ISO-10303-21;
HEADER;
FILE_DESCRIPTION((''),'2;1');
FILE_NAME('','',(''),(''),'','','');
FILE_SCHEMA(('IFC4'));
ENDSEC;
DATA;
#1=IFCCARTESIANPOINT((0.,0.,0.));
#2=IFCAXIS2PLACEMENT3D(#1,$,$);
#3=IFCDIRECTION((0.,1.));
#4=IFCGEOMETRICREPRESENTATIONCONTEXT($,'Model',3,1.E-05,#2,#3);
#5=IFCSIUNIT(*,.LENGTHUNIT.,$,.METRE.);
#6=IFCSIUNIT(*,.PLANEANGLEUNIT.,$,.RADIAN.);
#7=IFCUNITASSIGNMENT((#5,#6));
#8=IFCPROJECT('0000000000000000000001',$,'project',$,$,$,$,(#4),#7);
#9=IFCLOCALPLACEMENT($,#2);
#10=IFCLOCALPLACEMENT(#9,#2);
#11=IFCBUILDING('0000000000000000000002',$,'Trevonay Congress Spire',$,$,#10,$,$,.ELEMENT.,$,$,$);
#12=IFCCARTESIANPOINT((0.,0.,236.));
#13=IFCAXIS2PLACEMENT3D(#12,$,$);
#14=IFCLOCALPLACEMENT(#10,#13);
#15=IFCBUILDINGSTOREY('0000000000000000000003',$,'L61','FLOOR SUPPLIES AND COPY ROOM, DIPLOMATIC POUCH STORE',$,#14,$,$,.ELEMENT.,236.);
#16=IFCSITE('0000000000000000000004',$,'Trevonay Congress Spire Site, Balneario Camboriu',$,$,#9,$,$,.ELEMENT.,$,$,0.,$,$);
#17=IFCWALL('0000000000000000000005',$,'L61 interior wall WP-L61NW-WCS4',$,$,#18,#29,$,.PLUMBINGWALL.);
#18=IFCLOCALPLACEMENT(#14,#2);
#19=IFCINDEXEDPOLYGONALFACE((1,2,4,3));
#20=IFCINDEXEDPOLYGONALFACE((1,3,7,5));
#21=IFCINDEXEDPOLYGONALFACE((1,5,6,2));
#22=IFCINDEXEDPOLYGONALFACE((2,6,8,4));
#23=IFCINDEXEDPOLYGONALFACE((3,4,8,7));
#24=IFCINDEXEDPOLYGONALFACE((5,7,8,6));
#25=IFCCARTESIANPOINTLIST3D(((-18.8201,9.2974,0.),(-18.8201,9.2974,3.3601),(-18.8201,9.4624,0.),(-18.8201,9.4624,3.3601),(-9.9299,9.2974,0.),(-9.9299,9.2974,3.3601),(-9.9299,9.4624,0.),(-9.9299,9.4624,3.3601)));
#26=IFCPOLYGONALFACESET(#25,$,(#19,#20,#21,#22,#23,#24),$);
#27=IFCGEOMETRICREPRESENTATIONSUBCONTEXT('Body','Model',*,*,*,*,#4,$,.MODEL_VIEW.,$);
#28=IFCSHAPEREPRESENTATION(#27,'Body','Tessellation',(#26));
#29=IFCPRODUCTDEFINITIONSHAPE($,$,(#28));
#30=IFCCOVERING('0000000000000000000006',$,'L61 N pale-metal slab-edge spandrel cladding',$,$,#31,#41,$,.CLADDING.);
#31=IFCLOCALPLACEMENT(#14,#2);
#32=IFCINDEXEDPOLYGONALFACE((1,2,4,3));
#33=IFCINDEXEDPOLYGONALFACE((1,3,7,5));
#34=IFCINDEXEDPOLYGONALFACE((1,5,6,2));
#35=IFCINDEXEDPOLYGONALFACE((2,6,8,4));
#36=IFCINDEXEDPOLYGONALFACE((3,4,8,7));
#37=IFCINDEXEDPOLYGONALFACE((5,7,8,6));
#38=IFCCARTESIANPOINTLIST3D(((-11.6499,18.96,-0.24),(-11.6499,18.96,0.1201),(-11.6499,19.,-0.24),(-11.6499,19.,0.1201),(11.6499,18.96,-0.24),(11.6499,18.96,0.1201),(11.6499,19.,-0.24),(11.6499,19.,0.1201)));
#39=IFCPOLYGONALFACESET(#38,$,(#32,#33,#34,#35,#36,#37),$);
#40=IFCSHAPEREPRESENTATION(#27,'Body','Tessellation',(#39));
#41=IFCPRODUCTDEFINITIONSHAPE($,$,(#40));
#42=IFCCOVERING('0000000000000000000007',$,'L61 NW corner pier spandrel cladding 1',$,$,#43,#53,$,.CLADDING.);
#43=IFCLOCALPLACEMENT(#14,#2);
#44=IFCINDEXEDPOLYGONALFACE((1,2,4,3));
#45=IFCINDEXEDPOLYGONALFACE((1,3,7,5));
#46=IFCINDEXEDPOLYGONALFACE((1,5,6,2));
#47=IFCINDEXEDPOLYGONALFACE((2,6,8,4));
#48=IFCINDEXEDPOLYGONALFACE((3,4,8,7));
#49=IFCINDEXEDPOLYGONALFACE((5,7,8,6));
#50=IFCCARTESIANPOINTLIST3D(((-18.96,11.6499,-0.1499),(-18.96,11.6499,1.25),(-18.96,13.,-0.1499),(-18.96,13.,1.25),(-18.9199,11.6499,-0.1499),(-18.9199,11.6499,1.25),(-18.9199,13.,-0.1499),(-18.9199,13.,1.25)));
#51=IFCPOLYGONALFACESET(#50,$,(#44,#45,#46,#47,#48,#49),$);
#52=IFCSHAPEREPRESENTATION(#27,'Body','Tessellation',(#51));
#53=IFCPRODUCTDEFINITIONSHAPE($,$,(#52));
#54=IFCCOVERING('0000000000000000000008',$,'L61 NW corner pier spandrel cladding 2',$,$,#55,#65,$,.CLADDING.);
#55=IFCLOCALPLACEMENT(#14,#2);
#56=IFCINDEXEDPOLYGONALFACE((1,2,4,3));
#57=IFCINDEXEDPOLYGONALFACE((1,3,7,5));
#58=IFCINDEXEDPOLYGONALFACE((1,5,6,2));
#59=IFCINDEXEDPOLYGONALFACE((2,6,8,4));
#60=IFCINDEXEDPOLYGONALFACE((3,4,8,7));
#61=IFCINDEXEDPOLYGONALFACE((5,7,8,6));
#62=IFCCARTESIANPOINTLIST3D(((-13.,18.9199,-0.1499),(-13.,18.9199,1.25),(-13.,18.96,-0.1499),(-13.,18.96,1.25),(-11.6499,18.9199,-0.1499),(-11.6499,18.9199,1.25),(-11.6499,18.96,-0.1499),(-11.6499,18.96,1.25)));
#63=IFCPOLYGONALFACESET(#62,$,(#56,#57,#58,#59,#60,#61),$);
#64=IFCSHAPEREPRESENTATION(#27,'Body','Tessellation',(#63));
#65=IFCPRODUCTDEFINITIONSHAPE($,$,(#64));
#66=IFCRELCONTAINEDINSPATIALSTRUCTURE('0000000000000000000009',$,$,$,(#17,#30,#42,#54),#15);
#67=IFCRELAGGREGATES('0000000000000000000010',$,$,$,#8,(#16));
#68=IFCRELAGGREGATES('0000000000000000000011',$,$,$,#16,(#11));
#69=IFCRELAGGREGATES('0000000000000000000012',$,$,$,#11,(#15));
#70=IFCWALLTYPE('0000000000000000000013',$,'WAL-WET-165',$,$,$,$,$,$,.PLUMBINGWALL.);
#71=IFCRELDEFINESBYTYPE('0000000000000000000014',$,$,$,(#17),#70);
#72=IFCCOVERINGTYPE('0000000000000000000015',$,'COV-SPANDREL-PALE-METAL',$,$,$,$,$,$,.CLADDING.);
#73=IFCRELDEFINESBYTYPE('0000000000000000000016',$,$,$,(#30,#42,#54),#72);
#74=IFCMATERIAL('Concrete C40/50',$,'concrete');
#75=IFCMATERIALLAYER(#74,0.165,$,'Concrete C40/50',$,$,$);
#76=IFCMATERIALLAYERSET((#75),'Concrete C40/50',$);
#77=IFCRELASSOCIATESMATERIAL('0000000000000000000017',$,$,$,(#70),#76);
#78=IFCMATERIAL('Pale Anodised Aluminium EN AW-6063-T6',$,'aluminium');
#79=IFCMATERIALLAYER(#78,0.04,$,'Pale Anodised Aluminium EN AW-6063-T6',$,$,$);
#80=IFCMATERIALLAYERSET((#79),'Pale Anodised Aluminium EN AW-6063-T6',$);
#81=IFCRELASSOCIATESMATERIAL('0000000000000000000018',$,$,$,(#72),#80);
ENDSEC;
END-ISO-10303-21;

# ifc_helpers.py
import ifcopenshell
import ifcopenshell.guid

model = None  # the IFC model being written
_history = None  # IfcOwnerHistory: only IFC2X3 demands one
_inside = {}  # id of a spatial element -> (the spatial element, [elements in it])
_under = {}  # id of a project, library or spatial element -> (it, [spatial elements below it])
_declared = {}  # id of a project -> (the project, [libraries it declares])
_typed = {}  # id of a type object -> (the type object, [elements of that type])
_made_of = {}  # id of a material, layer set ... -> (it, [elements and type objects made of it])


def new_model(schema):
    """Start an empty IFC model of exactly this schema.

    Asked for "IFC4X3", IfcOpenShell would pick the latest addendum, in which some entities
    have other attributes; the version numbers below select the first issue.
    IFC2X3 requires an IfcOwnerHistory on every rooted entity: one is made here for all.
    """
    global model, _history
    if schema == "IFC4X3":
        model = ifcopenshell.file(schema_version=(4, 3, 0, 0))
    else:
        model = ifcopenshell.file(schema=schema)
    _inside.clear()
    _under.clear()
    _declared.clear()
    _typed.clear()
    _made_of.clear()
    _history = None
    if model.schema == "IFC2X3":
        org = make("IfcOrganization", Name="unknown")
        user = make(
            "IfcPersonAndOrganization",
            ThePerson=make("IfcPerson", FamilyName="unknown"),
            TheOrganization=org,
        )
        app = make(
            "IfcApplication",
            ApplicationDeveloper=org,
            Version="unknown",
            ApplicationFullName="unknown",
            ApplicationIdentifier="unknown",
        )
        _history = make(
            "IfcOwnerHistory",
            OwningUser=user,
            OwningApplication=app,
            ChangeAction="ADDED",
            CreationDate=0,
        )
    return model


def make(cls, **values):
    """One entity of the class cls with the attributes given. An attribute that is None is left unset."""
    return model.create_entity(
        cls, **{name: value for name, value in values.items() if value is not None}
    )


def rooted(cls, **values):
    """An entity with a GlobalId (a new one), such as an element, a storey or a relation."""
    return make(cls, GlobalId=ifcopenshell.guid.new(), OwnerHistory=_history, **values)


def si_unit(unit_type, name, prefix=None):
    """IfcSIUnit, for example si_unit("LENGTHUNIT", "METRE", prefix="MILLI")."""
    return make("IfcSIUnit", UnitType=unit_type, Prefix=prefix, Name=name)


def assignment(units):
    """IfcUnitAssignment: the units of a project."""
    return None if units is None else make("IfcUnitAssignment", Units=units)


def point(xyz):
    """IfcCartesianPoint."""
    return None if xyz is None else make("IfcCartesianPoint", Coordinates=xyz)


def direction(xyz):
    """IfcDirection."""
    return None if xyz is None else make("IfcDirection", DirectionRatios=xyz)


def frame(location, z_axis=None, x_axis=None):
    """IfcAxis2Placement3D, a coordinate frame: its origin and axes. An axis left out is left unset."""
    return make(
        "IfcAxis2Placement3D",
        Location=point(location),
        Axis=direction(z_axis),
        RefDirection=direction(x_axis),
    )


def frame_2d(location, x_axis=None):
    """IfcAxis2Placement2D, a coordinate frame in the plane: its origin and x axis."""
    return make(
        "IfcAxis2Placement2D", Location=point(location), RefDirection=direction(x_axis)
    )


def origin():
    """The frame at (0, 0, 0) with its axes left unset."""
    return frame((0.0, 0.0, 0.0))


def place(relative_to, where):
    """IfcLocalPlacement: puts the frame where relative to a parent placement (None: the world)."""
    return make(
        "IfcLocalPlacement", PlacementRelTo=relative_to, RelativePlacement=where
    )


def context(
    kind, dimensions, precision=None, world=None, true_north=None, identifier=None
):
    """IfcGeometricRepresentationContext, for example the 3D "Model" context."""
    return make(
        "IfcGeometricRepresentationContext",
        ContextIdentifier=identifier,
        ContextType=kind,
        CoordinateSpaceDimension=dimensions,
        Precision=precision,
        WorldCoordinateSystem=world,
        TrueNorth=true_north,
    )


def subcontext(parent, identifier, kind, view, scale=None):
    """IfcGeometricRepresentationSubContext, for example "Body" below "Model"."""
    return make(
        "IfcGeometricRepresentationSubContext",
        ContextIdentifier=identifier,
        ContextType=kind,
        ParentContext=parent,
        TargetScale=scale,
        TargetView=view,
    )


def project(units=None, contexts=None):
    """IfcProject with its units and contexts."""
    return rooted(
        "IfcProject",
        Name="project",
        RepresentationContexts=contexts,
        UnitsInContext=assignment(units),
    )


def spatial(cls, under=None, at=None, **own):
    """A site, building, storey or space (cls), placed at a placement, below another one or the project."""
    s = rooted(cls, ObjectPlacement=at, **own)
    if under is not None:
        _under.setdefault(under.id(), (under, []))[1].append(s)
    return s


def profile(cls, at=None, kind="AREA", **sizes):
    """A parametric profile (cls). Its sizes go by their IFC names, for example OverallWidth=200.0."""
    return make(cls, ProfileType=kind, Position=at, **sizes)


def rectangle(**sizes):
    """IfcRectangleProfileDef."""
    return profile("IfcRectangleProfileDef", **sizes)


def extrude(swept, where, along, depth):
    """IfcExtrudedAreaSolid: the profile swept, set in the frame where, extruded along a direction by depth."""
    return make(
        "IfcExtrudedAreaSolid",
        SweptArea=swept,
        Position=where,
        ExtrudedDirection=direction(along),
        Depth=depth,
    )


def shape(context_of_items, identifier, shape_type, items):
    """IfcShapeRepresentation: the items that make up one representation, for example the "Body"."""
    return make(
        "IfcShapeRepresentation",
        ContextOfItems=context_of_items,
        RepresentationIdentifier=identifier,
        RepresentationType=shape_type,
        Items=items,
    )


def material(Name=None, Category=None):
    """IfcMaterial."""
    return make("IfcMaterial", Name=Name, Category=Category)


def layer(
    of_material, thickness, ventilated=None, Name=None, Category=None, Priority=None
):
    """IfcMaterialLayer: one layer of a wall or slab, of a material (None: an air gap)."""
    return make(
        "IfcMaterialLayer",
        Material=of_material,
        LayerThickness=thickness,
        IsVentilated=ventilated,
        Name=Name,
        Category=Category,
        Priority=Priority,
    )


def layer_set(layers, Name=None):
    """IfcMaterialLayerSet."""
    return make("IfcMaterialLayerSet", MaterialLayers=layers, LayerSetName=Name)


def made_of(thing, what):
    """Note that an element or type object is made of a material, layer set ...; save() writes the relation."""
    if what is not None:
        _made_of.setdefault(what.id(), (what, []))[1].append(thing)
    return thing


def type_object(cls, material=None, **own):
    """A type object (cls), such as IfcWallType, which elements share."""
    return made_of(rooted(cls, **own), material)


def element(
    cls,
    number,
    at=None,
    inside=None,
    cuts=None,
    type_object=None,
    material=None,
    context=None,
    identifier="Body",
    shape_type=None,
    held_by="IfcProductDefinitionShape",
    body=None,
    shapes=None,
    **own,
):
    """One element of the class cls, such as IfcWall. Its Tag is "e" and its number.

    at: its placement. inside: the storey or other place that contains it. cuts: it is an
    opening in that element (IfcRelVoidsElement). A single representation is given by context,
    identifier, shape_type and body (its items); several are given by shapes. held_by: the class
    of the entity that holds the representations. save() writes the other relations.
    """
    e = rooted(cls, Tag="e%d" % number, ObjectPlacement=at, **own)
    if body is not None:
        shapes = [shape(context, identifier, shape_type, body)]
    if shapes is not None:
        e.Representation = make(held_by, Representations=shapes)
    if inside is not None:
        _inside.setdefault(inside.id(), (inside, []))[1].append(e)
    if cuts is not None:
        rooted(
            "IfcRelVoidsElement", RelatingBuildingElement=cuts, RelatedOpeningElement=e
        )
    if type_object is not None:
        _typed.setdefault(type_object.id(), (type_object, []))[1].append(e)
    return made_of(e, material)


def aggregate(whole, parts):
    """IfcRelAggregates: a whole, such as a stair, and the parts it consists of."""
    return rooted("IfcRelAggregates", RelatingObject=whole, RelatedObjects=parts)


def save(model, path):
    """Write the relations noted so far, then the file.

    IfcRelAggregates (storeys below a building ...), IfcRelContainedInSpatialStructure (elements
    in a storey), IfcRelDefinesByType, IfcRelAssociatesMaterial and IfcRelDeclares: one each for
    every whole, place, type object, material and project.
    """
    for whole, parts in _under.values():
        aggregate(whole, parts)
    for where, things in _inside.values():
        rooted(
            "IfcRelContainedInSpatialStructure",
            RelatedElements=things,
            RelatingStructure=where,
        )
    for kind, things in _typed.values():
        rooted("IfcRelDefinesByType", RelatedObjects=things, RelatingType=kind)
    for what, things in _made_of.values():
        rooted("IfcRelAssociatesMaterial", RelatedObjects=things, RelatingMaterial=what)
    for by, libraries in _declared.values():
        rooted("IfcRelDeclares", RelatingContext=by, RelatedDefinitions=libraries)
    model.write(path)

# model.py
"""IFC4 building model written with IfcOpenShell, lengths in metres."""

from ifc_helpers import new_model, si_unit, direction, frame, frame_2d, origin, place, context, subcontext, project, spatial, rectangle, extrude, material, layer, layer_set, type_object, element, save


model = new_model("IFC4")

# Units and contexts
model_context = context("Model", 3, precision=1e-05, world=origin(), true_north=direction((0.0, 1.0)))
body_context = subcontext(model_context, "Body", "Model", "MODEL_VIEW")
ifc_project = project(units=[si_unit("LENGTHUNIT", "METRE"), si_unit("PLANEANGLEUNIT", "RADIAN")], contexts=[model_context])

# Site, building, storey
site_placement = place(None, origin())
site = spatial("IfcSite", under=ifc_project, at=site_placement, Name="Trevonay Congress Spire Site, Balneario Camboriu", CompositionType="ELEMENT", RefElevation=0.0)
building_placement = place(site_placement, origin())
building = spatial("IfcBuilding", under=site, at=building_placement, Name="Trevonay Congress Spire", CompositionType="ELEMENT")
storey_placement = place(building_placement, frame((0.0, 0.0, 236.0)))
storey = spatial("IfcBuildingStorey", under=building, at=storey_placement, Name="L61", Description="FLOOR SUPPLIES AND COPY ROOM, DIPLOMATIC POUCH STORE", CompositionType="ELEMENT", Elevation=236.0)

# Shared definitions
ifc_material_1 = material(Name="Concrete C40/50", Category="concrete")
ifc_material_2 = material(Name="Pale Anodised Aluminium EN AW-6063-T6", Category="aluminium")

# Wall
ifc_layer_1 = layer(ifc_material_1, 0.165, Name="Concrete C40/50")
ifc_layer_set_1 = layer_set([ifc_layer_1], Name="Concrete C40/50")
wall_type_1 = type_object("IfcWallType", Name="WAL-WET-165", PredefinedType="PLUMBINGWALL", material=ifc_layer_set_1)
wall_1_placement = place(storey_placement, frame((-18.8201, 9.3799, 0.0), z_axis=(0.0, 0.0, 1.0), x_axis=(1.0, 0.0, 0.0)))
element("IfcWall", 1, at=wall_1_placement, inside=storey, type_object=wall_type_1, Name="L61 interior wall WP-L61NW-WCS4", PredefinedType="PLUMBINGWALL", context=body_context, shape_type="SweptSolid", body=[
    extrude(rectangle(XDim=8.8901, YDim=0.165, at=frame_2d((4.4451, 0.0))), origin(), (0.0, 0.0, 1.0), 3.3601),
])

# Coverings
ifc_layer_2 = layer(ifc_material_2, 0.04, Name="Pale Anodised Aluminium EN AW-6063-T6")
ifc_layer_set_2 = layer_set([ifc_layer_2], Name="Pale Anodised Aluminium EN AW-6063-T6")
covering_type = type_object("IfcCoveringType", Name="COV-SPANDREL-PALE-METAL", PredefinedType="CLADDING", material=ifc_layer_set_2)
covering_placement = place(storey_placement, frame((-11.6499, 18.98, -0.24), z_axis=(0.0, 0.0, 1.0), x_axis=(1.0, 0.0, 0.0)))
element("IfcCovering", 2, at=covering_placement, inside=storey, type_object=covering_type, Name="L61 N pale-metal slab-edge spandrel cladding", PredefinedType="CLADDING", context=body_context, shape_type="SweptSolid", body=[
    extrude(rectangle(XDim=23.2998, YDim=0.04, at=frame_2d((11.6499, 0.0))), origin(), (0.0, 0.0, 1.0), 0.3601),
])
for number, where, z_axis, x_axis, name in (
    (3, (-18.9399, 11.6499, -0.1499), (0.0, 0.0, 1.0), (0.0, 1.0, 0.0), "L61 NW corner pier spandrel cladding 1"),
    (4, (-11.6499, 18.9399, -0.1499), (0.0, 0.0, 1.0), (-1.0, 0.0, 0.0), "L61 NW corner pier spandrel cladding 2"),
):
    element("IfcCovering", number, at=place(storey_placement, frame(where, z_axis=z_axis, x_axis=x_axis)), inside=storey, type_object=covering_type, Name=name, PredefinedType="CLADDING", context=body_context, shape_type="SweptSolid", body=[
        extrude(rectangle(XDim=1.3501, YDim=0.04, at=frame_2d((0.675, 0.0))), origin(), (0.0, 0.0, 1.0), 1.3999),
    ])

save(model, "model.ifc")
